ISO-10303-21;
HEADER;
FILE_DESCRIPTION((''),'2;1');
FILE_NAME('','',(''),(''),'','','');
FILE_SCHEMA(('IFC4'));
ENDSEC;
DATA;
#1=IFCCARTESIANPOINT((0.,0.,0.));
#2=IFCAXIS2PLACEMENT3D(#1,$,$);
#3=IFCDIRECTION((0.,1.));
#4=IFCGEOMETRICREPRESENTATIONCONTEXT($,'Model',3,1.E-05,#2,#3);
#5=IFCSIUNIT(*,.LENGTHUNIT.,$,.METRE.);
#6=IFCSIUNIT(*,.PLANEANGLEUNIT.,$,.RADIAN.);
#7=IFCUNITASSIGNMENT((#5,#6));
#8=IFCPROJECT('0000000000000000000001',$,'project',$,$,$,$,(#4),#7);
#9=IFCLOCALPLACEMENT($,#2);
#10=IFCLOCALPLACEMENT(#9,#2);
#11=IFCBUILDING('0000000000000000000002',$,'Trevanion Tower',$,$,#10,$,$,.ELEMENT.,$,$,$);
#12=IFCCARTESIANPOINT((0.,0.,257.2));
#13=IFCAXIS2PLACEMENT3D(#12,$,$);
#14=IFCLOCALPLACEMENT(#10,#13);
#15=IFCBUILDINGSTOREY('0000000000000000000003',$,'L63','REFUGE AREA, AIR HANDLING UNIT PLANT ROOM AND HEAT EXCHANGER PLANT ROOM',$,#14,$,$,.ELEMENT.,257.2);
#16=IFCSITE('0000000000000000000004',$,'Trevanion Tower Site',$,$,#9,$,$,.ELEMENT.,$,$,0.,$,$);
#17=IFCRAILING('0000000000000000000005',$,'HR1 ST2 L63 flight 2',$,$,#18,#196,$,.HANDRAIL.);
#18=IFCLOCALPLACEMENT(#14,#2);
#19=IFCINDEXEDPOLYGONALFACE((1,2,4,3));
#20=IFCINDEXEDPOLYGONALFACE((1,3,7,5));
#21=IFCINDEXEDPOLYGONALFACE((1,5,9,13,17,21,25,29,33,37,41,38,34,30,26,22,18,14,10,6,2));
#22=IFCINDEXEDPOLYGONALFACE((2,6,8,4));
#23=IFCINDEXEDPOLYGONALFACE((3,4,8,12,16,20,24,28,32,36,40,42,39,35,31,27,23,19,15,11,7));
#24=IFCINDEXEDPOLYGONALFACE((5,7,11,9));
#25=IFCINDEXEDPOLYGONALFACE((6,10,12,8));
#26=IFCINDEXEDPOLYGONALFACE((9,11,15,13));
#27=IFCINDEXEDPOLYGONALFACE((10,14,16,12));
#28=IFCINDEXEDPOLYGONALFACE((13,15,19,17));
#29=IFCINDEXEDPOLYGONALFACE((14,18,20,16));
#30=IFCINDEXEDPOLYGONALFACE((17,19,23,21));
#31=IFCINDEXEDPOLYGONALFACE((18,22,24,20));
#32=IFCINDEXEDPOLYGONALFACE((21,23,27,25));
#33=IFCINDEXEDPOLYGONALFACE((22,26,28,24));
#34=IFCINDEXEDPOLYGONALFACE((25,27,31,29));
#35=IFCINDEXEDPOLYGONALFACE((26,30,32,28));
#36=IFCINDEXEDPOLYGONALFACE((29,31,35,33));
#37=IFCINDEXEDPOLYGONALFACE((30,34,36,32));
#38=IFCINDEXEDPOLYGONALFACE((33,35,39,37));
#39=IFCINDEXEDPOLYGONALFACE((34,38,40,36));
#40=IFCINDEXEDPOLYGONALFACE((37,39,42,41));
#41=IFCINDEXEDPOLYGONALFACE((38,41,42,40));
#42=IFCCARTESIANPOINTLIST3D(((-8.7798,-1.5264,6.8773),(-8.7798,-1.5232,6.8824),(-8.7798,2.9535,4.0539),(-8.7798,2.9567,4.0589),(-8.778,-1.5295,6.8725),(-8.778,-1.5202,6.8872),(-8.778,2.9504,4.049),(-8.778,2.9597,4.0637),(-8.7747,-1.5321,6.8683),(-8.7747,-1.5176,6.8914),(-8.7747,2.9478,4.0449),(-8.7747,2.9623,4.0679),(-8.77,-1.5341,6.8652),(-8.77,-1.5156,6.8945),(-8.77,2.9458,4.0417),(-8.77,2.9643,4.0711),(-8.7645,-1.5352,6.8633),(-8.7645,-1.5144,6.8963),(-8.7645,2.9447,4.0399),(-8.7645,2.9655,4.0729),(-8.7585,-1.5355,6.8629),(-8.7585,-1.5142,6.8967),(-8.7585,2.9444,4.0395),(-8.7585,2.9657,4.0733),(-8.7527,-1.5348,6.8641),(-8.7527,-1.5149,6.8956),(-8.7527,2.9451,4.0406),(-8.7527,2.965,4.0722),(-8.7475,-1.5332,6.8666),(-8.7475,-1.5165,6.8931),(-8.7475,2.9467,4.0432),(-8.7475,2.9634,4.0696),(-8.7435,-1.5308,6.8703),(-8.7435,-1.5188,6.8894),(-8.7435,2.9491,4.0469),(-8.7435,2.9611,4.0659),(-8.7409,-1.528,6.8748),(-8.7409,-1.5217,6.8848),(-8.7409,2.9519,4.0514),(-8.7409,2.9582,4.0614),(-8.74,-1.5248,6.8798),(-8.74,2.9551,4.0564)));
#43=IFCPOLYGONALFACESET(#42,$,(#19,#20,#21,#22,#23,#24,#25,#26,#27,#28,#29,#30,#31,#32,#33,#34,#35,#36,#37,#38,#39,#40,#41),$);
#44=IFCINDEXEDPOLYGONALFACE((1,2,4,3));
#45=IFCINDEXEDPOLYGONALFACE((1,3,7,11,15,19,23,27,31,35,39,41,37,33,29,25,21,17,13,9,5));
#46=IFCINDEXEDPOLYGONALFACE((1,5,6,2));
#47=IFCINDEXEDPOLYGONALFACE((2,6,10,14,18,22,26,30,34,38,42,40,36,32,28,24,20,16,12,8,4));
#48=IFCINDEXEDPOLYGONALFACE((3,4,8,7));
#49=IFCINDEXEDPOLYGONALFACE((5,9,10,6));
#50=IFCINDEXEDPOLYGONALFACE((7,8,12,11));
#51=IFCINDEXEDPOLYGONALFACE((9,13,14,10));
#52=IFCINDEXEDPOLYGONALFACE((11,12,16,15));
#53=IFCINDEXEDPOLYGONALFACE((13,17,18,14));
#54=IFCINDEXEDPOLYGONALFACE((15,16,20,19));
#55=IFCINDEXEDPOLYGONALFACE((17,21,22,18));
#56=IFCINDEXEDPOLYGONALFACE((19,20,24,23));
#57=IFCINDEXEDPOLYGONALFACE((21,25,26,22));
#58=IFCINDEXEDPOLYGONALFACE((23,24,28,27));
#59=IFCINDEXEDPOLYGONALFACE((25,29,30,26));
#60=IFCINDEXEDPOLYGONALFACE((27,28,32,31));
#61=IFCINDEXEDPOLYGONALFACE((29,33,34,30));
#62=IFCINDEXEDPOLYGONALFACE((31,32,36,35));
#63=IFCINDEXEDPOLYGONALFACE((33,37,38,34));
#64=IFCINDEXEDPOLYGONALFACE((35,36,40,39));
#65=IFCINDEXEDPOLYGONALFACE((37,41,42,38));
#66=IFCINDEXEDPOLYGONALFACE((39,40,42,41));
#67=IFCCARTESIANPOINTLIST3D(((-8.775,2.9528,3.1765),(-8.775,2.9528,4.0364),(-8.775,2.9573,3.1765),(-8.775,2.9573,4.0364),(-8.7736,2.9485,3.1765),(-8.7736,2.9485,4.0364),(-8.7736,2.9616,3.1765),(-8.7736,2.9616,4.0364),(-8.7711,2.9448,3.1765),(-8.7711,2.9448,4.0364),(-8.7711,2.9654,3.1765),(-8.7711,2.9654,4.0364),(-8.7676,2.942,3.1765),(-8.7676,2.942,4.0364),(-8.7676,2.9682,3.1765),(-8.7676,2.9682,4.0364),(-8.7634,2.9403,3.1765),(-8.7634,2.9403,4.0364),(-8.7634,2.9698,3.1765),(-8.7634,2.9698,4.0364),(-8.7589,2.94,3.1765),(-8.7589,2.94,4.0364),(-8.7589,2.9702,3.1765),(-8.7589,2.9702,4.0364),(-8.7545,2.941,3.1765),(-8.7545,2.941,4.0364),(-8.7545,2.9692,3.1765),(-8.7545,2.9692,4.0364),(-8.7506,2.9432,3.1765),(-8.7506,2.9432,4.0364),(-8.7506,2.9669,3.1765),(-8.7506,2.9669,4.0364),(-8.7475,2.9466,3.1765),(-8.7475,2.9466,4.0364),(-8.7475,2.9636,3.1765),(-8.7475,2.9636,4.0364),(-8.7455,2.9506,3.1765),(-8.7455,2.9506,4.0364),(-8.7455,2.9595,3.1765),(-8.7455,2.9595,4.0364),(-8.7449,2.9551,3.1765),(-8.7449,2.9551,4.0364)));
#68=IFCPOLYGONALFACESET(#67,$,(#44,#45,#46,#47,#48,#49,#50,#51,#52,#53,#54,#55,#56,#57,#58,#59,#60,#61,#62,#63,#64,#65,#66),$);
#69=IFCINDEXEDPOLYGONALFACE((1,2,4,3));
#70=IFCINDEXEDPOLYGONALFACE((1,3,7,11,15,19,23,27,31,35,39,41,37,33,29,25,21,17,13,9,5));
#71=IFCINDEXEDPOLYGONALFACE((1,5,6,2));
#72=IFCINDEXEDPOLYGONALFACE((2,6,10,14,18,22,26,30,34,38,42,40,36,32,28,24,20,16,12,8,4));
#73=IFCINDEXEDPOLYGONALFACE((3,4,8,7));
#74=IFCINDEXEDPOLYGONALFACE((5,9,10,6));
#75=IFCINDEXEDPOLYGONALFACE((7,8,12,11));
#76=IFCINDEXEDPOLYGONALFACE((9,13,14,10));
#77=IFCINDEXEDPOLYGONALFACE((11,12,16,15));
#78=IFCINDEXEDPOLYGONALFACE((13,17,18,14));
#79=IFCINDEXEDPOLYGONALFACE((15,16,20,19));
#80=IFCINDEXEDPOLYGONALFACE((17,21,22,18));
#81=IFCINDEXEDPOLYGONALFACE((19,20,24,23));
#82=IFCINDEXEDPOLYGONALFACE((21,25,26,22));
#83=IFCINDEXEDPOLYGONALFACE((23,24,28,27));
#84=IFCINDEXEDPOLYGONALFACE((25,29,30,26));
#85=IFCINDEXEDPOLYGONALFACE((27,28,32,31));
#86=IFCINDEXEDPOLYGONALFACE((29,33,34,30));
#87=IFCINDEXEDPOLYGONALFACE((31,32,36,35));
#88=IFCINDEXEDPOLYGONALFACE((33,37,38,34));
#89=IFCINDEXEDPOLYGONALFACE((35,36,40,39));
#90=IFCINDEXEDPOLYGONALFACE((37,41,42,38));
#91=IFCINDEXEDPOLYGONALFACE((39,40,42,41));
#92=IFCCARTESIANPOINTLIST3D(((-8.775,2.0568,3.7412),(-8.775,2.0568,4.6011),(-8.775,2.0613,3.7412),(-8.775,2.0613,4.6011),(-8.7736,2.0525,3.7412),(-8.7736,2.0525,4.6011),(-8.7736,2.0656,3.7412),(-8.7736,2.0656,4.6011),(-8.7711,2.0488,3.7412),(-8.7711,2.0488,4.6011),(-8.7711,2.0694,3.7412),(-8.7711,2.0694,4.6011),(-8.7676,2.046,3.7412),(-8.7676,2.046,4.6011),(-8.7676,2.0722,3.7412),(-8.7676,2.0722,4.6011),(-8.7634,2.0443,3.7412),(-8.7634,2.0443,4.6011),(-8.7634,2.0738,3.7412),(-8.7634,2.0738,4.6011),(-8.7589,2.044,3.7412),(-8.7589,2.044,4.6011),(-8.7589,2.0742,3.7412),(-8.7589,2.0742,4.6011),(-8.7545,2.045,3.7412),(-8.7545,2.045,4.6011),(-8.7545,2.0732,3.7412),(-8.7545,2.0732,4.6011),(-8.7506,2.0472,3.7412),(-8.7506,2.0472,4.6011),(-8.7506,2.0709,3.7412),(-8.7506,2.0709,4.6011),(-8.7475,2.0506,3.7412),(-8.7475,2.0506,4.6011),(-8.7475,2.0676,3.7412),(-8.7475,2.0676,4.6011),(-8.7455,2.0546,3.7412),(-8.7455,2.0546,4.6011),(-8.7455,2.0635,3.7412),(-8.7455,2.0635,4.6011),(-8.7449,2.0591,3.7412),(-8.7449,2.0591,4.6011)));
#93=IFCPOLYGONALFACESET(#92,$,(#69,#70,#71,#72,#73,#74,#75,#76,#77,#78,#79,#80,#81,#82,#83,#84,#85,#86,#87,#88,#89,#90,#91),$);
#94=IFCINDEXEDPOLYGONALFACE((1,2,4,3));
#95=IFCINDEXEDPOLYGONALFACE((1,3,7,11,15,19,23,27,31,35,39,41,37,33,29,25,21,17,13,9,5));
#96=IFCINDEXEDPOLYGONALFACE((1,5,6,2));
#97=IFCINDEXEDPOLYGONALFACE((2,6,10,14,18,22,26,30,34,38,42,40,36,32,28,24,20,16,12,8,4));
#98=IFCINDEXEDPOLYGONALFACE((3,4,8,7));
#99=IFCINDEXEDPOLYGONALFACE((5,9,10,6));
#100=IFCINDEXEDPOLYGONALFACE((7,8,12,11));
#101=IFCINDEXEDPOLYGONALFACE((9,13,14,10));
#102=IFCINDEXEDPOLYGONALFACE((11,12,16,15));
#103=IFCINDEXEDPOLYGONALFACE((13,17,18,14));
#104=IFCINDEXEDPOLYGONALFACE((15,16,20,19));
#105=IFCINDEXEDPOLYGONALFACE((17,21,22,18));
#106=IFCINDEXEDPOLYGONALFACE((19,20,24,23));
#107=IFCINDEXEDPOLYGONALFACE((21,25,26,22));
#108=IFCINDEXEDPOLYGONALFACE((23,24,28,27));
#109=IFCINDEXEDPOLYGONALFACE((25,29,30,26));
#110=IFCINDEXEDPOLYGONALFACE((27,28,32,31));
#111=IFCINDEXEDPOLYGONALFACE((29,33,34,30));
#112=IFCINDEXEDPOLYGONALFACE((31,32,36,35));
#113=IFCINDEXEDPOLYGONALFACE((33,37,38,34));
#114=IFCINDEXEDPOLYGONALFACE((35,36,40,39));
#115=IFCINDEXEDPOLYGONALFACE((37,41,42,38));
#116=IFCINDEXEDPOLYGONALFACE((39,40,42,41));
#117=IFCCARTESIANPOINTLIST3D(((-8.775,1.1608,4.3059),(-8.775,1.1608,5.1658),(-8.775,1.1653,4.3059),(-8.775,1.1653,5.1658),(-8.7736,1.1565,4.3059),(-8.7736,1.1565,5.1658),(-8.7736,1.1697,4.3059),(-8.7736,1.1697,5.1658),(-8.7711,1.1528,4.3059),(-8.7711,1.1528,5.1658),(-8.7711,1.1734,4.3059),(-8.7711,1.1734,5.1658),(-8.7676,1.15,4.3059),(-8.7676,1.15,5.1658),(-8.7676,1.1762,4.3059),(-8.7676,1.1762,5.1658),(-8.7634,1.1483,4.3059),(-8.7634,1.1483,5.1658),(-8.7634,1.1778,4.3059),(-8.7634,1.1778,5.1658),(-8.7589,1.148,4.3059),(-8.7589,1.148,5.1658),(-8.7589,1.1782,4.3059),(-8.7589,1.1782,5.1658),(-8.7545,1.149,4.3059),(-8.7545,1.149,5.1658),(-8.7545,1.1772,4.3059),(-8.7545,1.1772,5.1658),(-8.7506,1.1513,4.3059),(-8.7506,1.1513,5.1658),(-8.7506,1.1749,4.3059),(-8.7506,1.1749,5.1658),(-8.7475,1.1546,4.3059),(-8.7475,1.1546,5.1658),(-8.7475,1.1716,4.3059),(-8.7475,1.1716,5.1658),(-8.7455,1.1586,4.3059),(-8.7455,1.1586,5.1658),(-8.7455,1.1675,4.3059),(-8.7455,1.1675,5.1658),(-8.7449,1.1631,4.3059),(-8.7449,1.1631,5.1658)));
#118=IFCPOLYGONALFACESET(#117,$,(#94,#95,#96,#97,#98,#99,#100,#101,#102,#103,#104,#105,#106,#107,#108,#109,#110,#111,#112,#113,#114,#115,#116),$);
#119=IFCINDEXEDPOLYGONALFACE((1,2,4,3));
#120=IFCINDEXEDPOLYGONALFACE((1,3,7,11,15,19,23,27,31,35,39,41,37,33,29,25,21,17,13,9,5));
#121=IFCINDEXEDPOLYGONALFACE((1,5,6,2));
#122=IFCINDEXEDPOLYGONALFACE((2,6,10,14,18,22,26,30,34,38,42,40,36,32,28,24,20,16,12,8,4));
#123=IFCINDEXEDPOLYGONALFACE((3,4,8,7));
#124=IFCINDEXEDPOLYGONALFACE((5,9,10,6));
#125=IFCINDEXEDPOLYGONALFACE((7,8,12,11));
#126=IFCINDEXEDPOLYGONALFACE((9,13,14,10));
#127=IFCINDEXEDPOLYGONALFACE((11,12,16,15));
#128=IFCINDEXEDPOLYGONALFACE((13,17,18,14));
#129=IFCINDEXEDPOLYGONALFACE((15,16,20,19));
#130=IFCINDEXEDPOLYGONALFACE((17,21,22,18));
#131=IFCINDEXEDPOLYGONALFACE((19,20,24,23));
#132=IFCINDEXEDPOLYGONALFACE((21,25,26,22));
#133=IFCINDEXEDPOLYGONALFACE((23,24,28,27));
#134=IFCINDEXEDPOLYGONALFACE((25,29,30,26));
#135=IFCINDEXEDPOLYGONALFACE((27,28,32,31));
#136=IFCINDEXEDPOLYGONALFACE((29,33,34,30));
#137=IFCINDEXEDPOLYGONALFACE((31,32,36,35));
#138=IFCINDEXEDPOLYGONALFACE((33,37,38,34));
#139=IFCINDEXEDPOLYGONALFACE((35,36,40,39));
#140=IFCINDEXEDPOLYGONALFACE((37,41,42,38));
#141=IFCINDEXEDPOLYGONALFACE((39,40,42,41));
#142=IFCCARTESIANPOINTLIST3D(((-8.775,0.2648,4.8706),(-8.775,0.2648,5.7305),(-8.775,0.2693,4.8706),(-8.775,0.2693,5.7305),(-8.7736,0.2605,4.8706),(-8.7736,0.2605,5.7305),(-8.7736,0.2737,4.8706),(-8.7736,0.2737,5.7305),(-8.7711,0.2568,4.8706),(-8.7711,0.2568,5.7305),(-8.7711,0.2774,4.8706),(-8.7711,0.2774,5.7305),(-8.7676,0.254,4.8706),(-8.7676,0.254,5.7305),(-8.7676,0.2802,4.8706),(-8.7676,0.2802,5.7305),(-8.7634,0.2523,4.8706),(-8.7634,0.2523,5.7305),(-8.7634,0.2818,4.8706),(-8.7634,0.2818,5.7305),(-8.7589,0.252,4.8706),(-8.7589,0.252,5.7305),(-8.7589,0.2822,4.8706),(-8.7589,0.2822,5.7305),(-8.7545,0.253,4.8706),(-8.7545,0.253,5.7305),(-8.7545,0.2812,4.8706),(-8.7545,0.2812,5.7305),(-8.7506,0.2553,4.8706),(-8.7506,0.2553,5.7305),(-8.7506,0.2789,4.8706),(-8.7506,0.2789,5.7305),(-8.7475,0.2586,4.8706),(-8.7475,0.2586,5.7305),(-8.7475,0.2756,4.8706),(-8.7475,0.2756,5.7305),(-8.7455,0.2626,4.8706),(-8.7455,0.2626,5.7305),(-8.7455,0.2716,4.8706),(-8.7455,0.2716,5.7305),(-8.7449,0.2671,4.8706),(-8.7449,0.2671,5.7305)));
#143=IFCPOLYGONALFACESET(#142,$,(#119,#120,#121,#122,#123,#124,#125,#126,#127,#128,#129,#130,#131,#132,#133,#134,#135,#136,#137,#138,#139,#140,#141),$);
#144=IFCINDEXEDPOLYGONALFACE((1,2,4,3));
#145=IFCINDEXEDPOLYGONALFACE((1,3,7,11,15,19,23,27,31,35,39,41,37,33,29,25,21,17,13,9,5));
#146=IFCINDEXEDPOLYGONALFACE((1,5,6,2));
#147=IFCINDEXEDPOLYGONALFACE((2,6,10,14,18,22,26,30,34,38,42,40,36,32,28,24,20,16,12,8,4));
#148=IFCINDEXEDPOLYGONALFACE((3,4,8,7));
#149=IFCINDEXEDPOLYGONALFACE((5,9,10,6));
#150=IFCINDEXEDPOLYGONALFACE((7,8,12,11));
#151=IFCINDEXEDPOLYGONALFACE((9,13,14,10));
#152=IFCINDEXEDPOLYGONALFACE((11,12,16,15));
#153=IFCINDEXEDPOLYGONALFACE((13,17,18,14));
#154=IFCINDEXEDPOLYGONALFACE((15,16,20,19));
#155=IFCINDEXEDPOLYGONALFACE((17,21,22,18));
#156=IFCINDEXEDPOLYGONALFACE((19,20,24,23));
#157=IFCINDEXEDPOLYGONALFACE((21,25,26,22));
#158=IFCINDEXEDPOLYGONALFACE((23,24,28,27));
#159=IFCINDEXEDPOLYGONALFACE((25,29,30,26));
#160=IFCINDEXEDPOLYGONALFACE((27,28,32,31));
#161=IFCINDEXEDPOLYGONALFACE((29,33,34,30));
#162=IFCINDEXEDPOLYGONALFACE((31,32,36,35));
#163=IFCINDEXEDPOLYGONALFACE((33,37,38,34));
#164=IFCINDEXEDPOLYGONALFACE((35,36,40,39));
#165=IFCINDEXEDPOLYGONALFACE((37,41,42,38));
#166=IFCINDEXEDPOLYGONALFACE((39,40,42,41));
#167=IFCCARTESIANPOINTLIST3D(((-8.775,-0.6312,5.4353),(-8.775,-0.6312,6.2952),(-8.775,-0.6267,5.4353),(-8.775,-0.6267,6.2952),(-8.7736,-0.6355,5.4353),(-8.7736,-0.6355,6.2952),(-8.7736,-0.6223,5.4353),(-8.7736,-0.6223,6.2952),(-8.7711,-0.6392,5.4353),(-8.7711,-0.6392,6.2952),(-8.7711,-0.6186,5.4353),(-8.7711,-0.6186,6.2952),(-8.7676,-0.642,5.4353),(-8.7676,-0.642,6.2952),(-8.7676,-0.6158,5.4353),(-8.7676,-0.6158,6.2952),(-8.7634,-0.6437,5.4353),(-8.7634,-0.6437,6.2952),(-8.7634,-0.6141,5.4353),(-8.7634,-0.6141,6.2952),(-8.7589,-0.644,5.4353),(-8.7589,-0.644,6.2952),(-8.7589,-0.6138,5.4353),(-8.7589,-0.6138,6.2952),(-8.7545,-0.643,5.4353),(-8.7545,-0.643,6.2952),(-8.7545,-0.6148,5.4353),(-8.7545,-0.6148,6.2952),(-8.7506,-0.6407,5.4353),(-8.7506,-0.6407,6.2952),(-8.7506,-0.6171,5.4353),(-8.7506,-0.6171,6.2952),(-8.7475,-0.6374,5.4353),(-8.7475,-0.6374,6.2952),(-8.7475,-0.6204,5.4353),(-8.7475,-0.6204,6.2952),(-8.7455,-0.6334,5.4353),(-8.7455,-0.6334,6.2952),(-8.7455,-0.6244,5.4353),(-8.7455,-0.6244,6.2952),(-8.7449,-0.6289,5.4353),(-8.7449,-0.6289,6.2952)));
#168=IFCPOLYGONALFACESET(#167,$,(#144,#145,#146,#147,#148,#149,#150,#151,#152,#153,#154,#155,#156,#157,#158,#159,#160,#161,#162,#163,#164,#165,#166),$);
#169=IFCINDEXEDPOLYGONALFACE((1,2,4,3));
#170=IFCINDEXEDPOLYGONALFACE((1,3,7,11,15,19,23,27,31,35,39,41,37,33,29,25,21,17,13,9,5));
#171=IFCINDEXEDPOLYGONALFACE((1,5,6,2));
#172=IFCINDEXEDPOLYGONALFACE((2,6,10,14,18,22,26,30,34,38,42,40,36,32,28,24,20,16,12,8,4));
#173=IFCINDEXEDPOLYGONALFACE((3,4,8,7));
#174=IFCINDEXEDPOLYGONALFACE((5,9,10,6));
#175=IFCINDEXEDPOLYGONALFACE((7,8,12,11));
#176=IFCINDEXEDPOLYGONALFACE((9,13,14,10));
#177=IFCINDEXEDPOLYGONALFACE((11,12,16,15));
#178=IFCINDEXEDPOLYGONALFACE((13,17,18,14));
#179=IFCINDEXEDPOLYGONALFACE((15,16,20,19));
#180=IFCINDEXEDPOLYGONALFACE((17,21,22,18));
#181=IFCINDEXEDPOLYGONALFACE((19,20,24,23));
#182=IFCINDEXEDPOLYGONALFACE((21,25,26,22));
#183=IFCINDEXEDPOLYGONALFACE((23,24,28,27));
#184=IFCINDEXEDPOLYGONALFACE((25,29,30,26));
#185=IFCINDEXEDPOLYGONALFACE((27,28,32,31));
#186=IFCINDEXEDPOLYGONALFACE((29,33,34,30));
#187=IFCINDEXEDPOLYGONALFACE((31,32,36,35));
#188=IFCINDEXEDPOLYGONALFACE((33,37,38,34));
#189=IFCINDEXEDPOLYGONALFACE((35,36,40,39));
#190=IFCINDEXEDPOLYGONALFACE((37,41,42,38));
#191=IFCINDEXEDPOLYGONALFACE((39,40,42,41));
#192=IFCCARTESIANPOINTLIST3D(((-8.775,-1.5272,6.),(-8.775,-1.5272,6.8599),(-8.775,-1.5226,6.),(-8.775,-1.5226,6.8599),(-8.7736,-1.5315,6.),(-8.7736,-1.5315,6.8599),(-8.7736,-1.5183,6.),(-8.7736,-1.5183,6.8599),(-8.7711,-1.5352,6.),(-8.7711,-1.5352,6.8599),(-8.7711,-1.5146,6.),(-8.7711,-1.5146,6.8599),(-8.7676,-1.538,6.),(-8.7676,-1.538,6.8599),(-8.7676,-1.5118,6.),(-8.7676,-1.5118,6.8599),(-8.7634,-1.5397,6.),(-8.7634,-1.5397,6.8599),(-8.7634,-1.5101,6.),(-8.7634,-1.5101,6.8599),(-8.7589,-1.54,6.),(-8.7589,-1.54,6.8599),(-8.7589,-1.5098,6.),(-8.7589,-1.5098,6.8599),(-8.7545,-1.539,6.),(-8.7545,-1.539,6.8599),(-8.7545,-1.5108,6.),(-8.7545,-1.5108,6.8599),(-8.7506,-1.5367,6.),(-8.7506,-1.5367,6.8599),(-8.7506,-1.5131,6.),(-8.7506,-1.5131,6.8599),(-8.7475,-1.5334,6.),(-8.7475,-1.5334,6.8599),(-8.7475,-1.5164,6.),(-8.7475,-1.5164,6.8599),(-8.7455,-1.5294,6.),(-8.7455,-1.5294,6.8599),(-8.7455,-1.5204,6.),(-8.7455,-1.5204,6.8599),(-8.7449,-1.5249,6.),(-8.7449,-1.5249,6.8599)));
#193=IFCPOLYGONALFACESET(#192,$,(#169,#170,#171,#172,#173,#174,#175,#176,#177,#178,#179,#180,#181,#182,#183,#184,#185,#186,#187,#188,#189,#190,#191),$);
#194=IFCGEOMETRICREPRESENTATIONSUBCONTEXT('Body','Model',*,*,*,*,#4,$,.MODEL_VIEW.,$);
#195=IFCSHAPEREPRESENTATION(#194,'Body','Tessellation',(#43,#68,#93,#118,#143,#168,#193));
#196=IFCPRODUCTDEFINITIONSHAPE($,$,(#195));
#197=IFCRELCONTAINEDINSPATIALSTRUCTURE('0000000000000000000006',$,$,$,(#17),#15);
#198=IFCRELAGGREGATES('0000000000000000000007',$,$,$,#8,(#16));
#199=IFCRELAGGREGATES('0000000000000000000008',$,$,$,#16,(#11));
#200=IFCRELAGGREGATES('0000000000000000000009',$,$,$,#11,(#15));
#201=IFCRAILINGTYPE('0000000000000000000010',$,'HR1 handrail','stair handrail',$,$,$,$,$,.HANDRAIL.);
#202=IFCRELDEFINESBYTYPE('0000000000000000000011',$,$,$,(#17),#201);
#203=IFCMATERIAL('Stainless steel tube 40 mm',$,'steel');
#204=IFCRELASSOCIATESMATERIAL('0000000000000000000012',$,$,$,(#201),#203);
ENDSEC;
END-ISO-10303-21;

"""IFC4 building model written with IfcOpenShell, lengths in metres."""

from ifc_helpers import new_model, si_unit, direction, frame, origin, origin_2d, place, context, subcontext, project, spatial, circle, extrude, material, type_object, element, save


model = new_model("IFC4")

# Units and contexts
model_context = context("Model", 3, precision=1e-05, world=origin(), true_north=direction((0.0, 1.0)))
body_context = subcontext(model_context, "Body", "Model", "MODEL_VIEW")
ifc_project = project(units=[si_unit("LENGTHUNIT", "METRE"), si_unit("PLANEANGLEUNIT", "RADIAN")], contexts=[model_context])

# Site, building, storey
site_placement = place(None, origin())
site = spatial("IfcSite", under=ifc_project, at=site_placement, Name="Trevanion Tower Site", CompositionType="ELEMENT", RefElevation=0.0)
building_placement = place(site_placement, origin())
building = spatial("IfcBuilding", under=site, at=building_placement, Name="Trevanion Tower", CompositionType="ELEMENT")
storey_placement = place(building_placement, frame((0.0, 0.0, 257.2)))
storey = spatial("IfcBuildingStorey", under=building, at=storey_placement, Name="L63", Description="REFUGE AREA, AIR HANDLING UNIT PLANT ROOM AND HEAT EXCHANGER PLANT ROOM", CompositionType="ELEMENT", Elevation=257.2)

# Railing
ifc_material_1 = material(Name="Stainless steel tube 40 mm", Category="steel")
railing_type = type_object("IfcRailingType", Name="HR1 handrail", Description="stair handrail", PredefinedType="HANDRAIL", material=ifc_material_1)
for number, where, name in (
    (1, (-8.76, 2.9551, 3.1765), "HR1 ST2 L63 flight 2"),
):
    element("IfcRailing", number, at=place(storey_placement, frame(where)), inside=storey, type_object=railing_type, Name=name, PredefinedType="HANDRAIL", context=body_context, shape_type="SweptSolid", body=[
        extrude(circle(Radius=0.02, at=origin_2d()), frame((0.0, 0.0, 0.8799), z_axis=(0.0, -0.845998, 0.533186), x_axis=(1.0, 0.0, 0.0)), (0.0, 0.0, 1.0), 5.2954),
        extrude(circle(Radius=0.0151, at=origin_2d()), origin(), (0.0, 0.0, 1.0), 0.8599),
        extrude(circle(Radius=0.0151, at=origin_2d()), frame((0.0, -0.896, 0.5647)), (0.0, 0.0, 1.0), 0.8599),
        extrude(circle(Radius=0.0151, at=origin_2d()), frame((0.0, -1.792, 1.1294)), (0.0, 0.0, 1.0), 0.8599),
        extrude(circle(Radius=0.0151, at=origin_2d()), frame((0.0, -2.688, 1.6941)), (0.0, 0.0, 1.0), 0.8599),
        extrude(circle(Radius=0.0151, at=origin_2d()), frame((0.0, -3.584, 2.2588)), (0.0, 0.0, 1.0), 0.8599),
        extrude(circle(Radius=0.0151, at=origin_2d()), frame((0.0, -4.48, 2.8235)), (0.0, 0.0, 1.0), 0.8599),
    ])

save(model, "model.ifc")
